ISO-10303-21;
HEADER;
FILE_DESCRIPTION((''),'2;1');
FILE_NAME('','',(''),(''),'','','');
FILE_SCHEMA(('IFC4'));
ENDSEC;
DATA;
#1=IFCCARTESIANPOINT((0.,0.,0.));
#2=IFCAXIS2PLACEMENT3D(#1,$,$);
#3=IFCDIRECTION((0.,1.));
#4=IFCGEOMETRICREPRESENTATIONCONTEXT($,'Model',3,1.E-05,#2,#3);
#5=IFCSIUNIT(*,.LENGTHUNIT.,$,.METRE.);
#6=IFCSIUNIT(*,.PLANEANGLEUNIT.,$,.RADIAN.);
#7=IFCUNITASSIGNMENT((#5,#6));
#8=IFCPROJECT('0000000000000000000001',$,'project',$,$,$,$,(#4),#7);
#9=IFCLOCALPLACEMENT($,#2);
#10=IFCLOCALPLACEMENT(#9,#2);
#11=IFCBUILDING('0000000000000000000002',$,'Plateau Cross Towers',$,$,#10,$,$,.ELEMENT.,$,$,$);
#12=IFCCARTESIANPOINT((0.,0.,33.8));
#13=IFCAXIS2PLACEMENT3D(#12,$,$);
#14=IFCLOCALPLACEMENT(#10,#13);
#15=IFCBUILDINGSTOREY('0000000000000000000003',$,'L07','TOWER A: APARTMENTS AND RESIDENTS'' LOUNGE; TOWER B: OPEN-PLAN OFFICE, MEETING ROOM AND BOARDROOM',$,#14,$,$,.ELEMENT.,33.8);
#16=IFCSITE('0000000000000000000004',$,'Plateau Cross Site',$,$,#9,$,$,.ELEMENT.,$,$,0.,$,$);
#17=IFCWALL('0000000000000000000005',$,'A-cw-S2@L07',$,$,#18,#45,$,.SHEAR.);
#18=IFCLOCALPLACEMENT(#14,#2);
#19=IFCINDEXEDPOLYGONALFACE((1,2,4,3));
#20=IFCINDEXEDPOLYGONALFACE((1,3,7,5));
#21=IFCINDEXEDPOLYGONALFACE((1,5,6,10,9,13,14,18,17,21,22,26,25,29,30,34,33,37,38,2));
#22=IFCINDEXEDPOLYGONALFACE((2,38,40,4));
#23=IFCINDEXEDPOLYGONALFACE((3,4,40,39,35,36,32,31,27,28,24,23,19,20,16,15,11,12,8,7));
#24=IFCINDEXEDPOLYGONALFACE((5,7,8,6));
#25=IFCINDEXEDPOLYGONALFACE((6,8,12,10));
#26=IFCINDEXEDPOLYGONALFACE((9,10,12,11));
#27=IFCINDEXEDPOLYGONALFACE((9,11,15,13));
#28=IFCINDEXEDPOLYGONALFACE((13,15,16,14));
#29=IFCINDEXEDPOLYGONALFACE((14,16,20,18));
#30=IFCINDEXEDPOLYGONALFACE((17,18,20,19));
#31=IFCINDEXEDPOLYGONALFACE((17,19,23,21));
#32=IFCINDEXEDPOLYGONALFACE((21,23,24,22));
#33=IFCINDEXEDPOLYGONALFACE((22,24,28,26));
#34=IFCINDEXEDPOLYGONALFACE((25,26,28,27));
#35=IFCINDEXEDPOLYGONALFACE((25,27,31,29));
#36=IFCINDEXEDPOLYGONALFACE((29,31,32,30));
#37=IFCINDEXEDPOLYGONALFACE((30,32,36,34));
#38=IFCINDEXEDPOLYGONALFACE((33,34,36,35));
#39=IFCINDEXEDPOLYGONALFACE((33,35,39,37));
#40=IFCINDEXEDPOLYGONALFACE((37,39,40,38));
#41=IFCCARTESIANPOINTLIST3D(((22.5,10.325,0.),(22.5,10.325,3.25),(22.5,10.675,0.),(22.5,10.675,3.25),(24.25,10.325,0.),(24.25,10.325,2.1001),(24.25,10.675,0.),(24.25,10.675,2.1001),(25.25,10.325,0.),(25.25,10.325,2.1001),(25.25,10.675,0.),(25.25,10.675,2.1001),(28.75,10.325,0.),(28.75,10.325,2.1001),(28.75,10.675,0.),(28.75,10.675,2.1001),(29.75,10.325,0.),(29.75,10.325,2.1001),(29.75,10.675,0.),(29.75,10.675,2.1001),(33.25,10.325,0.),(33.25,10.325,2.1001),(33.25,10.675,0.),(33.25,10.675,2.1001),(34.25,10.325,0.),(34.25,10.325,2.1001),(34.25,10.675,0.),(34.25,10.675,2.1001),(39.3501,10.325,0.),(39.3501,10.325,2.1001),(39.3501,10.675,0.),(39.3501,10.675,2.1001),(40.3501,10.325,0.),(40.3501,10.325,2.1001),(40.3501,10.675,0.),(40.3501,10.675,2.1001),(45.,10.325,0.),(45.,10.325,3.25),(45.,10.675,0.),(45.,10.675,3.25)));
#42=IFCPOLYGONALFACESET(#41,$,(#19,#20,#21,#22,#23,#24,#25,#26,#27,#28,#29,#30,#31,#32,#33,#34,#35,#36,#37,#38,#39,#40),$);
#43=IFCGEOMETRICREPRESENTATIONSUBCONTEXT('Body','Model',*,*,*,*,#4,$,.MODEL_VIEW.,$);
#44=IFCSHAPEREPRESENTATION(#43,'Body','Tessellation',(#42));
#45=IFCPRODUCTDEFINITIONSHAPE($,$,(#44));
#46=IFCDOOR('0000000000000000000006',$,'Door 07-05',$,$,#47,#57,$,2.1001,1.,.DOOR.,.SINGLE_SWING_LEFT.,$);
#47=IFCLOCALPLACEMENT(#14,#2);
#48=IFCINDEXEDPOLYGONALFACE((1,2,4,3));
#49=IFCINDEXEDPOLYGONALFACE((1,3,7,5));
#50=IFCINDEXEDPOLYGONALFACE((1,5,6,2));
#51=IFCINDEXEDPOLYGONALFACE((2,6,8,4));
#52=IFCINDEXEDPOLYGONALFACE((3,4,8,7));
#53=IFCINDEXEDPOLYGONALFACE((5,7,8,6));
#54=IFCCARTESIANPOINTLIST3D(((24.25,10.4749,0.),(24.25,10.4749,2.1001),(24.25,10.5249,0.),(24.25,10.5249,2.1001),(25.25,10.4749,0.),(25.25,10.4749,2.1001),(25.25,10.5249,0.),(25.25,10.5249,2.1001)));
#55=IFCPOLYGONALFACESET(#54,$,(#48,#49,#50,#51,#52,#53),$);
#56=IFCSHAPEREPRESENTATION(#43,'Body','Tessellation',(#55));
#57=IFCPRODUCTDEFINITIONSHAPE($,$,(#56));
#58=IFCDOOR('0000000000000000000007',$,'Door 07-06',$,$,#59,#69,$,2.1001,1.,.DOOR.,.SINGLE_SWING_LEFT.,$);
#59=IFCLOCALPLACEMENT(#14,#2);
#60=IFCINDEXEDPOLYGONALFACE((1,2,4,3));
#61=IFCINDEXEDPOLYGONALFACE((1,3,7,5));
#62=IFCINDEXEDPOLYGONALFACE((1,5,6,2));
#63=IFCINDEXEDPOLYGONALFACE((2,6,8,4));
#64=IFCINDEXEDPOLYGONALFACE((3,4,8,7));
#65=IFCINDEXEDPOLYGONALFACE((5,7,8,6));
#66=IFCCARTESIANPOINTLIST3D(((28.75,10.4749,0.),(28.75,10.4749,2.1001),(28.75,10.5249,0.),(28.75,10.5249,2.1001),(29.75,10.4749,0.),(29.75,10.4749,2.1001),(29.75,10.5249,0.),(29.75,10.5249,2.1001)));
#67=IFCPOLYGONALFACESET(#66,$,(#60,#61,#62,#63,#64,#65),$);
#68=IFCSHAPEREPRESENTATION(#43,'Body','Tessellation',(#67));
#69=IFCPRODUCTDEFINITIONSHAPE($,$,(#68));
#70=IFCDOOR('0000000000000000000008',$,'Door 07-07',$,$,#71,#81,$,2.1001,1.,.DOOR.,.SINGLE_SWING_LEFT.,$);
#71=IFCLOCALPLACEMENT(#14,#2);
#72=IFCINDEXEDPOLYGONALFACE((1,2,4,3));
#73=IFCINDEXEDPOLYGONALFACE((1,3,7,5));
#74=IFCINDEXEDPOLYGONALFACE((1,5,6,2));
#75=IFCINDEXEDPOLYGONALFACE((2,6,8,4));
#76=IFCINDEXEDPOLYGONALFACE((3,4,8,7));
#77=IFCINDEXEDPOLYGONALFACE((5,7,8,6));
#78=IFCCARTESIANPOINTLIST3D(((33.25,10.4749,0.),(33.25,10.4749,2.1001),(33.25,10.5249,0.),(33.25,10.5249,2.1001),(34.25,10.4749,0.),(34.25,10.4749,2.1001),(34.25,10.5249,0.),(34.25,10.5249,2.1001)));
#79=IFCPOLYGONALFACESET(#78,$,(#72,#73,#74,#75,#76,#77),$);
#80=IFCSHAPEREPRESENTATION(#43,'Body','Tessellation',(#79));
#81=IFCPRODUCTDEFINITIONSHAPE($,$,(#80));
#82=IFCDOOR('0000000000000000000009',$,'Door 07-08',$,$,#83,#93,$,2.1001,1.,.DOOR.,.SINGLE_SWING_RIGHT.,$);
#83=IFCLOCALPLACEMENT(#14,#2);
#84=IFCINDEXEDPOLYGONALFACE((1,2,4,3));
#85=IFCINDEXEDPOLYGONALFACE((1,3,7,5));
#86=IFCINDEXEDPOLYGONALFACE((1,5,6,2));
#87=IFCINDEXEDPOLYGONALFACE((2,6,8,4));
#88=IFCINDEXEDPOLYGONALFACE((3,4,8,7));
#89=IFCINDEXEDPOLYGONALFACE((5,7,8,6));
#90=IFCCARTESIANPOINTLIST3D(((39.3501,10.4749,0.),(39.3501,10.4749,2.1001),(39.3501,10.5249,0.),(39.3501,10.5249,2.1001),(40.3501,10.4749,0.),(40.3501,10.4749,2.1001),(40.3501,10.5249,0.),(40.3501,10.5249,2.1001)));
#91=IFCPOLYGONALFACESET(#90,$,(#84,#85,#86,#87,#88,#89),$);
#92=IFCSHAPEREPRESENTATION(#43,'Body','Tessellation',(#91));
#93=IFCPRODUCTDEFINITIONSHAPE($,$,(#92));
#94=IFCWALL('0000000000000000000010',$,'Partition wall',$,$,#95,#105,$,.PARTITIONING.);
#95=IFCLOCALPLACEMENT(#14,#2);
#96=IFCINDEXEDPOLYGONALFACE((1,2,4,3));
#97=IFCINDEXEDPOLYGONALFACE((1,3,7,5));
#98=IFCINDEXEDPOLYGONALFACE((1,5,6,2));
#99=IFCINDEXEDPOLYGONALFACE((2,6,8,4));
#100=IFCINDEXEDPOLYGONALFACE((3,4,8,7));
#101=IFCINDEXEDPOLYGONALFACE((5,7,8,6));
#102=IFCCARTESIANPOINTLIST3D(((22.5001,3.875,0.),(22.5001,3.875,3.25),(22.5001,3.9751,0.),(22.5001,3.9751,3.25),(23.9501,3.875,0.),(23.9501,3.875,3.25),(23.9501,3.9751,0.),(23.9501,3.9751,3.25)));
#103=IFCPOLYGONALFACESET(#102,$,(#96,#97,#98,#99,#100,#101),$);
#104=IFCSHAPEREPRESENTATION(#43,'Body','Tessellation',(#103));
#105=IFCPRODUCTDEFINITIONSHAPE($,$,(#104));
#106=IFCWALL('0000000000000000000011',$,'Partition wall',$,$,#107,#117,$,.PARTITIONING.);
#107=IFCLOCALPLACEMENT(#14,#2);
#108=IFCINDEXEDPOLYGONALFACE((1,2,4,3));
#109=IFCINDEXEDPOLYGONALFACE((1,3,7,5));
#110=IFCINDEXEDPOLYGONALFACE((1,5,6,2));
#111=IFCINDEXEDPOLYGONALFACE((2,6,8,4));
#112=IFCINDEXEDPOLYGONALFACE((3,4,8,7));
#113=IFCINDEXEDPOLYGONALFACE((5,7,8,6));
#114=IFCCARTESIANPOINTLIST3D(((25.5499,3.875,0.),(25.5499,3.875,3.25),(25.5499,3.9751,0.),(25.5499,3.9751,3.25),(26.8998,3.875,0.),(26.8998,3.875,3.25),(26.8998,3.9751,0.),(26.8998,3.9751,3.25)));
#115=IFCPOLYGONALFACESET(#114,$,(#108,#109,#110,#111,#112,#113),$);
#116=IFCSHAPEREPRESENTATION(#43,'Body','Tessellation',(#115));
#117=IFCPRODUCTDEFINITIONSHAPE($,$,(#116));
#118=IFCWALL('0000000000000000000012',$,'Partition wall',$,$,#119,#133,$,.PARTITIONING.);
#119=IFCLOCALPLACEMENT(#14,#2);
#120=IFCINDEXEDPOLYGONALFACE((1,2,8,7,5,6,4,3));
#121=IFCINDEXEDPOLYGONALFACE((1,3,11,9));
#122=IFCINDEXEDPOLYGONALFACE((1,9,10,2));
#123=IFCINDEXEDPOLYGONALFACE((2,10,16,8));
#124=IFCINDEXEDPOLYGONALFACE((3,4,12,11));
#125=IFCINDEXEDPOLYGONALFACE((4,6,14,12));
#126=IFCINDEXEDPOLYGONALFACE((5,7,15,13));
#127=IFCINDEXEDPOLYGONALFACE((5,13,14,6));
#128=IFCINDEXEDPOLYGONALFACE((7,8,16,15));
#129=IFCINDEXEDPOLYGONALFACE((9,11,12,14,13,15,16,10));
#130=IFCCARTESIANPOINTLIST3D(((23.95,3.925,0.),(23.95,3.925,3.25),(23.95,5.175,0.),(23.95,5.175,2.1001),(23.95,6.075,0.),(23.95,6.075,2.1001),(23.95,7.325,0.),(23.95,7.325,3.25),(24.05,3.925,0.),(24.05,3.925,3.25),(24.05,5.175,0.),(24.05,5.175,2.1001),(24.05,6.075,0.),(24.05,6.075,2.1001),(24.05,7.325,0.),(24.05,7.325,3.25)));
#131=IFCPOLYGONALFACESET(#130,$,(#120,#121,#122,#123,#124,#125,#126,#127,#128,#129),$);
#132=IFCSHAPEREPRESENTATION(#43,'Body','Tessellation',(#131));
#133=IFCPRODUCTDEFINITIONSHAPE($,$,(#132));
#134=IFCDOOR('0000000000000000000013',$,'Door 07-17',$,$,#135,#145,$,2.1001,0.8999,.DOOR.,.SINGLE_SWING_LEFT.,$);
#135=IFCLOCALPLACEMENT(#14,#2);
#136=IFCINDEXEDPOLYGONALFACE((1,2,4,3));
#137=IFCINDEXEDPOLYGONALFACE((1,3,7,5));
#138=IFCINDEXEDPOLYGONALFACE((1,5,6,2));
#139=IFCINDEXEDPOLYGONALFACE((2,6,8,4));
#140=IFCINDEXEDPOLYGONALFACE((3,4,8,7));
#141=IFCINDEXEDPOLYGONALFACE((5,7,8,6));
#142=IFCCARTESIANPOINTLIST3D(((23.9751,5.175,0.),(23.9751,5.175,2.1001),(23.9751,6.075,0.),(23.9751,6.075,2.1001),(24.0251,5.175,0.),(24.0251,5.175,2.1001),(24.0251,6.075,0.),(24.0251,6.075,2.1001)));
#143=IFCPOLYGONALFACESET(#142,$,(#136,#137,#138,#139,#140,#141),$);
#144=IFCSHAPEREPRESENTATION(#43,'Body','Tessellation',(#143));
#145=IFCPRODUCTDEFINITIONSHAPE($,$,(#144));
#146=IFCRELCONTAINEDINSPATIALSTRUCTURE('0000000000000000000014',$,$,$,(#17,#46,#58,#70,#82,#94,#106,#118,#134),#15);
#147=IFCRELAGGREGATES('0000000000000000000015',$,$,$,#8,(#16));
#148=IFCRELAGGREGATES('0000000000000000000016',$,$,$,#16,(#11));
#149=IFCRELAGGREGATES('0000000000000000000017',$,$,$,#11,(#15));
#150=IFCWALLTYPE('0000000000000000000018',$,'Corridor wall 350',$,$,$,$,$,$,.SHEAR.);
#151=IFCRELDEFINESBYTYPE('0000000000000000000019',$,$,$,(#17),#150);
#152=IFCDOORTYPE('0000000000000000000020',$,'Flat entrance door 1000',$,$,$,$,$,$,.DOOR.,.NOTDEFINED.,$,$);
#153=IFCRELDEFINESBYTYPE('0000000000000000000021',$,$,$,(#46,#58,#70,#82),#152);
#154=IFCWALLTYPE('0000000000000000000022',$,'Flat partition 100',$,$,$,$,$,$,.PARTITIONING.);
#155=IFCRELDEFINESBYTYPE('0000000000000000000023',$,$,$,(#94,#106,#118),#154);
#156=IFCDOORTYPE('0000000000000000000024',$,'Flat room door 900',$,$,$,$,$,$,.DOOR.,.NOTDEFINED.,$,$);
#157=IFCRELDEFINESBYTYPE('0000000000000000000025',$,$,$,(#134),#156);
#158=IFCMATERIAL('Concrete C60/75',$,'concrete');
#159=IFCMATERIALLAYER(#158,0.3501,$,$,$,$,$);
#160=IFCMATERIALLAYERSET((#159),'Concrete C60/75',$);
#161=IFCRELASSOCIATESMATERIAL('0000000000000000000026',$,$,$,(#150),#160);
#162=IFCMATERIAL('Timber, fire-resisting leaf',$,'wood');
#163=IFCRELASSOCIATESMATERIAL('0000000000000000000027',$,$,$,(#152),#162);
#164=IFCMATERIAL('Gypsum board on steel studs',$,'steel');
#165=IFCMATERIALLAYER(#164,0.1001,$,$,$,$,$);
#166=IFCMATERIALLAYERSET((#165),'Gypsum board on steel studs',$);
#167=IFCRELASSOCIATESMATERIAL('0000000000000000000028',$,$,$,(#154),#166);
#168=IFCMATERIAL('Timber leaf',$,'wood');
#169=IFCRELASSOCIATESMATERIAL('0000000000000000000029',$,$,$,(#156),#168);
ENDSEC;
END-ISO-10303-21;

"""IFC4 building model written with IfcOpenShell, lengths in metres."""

from ifc_helpers import new_model, si_unit, direction, frame, frame_2d, origin, place, context, subcontext, project, spatial, rectangle, extrude, material, layer, layer_set, type_object, element, fill, save


model = new_model("IFC4")

# Units and contexts
model_context = context("Model", 3, precision=1e-05, world=origin(), true_north=direction((0.0, 1.0)))
body_context = subcontext(model_context, "Body", "Model", "MODEL_VIEW")
ifc_project = project(units=[si_unit("LENGTHUNIT", "METRE"), si_unit("PLANEANGLEUNIT", "RADIAN")], contexts=[model_context])

# Site, building, storey
site_placement = place(None, origin())
site = spatial("IfcSite", under=ifc_project, at=site_placement, Name="Plateau Cross Site", CompositionType="ELEMENT", RefElevation=0.0)
building_placement = place(site_placement, origin())
building = spatial("IfcBuilding", under=site, at=building_placement, Name="Plateau Cross Towers", CompositionType="ELEMENT")
storey_placement = place(building_placement, frame((0.0, 0.0, 33.8)))
storey = spatial("IfcBuildingStorey", under=building, at=storey_placement, Name="L07", Description="TOWER A: APARTMENTS AND RESIDENTS' LOUNGE; TOWER B: OPEN-PLAN OFFICE, MEETING ROOM AND BOARDROOM", CompositionType="ELEMENT", Elevation=33.8)

# Wall, openings, doors
ifc_material_1 = material(Name="Timber, fire-resisting leaf", Category="wood")
ifc_material_2 = material(Name="Concrete C60/75", Category="concrete")
ifc_layer_1 = layer(ifc_material_2, 0.3501)
ifc_layer_set_1 = layer_set([ifc_layer_1], Name="Concrete C60/75")
wall_type_1 = type_object("IfcWallType", Name="Corridor wall 350", PredefinedType="SHEAR", material=ifc_layer_set_1)
door_type_1 = type_object("IfcDoorType", Name="Flat entrance door 1000", OperationType="NOTDEFINED", PredefinedType="DOOR", material=ifc_material_1)
wall_1_placement = place(storey_placement, frame((22.5, 10.5, 0.0), z_axis=(0.0, 0.0, 1.0), x_axis=(1.0, 0.0, 0.0)))
wall_1 = element("IfcWall", 1, at=wall_1_placement, inside=storey, type_object=wall_type_1, Name="A-cw-S2@L07", PredefinedType="SHEAR", context=body_context, shape_type="SweptSolid", body=[
    extrude(rectangle(XDim=22.5, YDim=0.3501, at=frame_2d((11.25, 0.0))), origin(), (0.0, 0.0, 1.0), 3.25),
])
opening_1_placement = place(wall_1_placement, frame((1.75, 0.0, 0.0)))
opening_1 = element("IfcOpeningElement", 2, at=opening_1_placement, cuts=wall_1, PredefinedType="OPENING", context=body_context, shape_type="SweptSolid", body=[
    extrude(rectangle(XDim=1.0, YDim=2.1001, at=frame_2d((0.5, 1.05))), frame((0.0, 0.1851, 0.0), z_axis=(0.0, -1.0, 0.0), x_axis=(1.0, 0.0, 0.0)), (0.0, 0.0, 1.0), 0.3701),
])
opening_2_placement = place(wall_1_placement, frame((6.25, 0.0, 0.0)))
opening_2 = element("IfcOpeningElement", 3, at=opening_2_placement, cuts=wall_1, PredefinedType="OPENING", context=body_context, shape_type="SweptSolid", body=[
    extrude(rectangle(XDim=1.0, YDim=2.1001, at=frame_2d((0.5, 1.05))), frame((0.0, 0.1851, 0.0), z_axis=(0.0, -1.0, 0.0), x_axis=(1.0, 0.0, 0.0)), (0.0, 0.0, 1.0), 0.3701),
])
opening_3_placement = place(wall_1_placement, frame((10.75, 0.0, 0.0)))
opening_3 = element("IfcOpeningElement", 4, at=opening_3_placement, cuts=wall_1, PredefinedType="OPENING", context=body_context, shape_type="SweptSolid", body=[
    extrude(rectangle(XDim=1.0, YDim=2.1001, at=frame_2d((0.5, 1.05))), frame((0.0, 0.1851, 0.0), z_axis=(0.0, -1.0, 0.0), x_axis=(1.0, 0.0, 0.0)), (0.0, 0.0, 1.0), 0.3701),
])
opening_4_placement = place(wall_1_placement, frame((16.8501, 0.0, 0.0)))
opening_4 = element("IfcOpeningElement", 5, at=opening_4_placement, cuts=wall_1, PredefinedType="OPENING", context=body_context, shape_type="SweptSolid", body=[
    extrude(rectangle(XDim=1.0, YDim=2.1001, at=frame_2d((0.5, 1.05))), frame((0.0, 0.1851, 0.0), z_axis=(0.0, -1.0, 0.0), x_axis=(1.0, 0.0, 0.0)), (0.0, 0.0, 1.0), 0.3701),
])
door_1_placement = place(opening_1_placement, origin())
door_1 = element("IfcDoor", 6, at=door_1_placement, inside=storey, type_object=door_type_1, Name="Door 07-05", OperationType="SINGLE_SWING_LEFT", OverallHeight=2.1001, OverallWidth=1.0, PredefinedType="DOOR", context=body_context, shape_type="SweptSolid", body=[
    extrude(rectangle(XDim=1.0, YDim=2.1001, at=frame_2d((0.5, 1.05))), frame((0.0, 0.0249, 0.0), z_axis=(0.0, -1.0, 0.0), x_axis=(1.0, 0.0, 0.0)), (0.0, 0.0, 1.0), 0.05),
])
fill(opening_1, door_1)
door_2_placement = place(opening_2_placement, origin())
door_2 = element("IfcDoor", 7, at=door_2_placement, inside=storey, type_object=door_type_1, Name="Door 07-06", OperationType="SINGLE_SWING_LEFT", OverallHeight=2.1001, OverallWidth=1.0, PredefinedType="DOOR", context=body_context, shape_type="SweptSolid", body=[
    extrude(rectangle(XDim=1.0, YDim=2.1001, at=frame_2d((0.5, 1.05))), frame((0.0, 0.0249, 0.0), z_axis=(0.0, -1.0, 0.0), x_axis=(1.0, 0.0, 0.0)), (0.0, 0.0, 1.0), 0.05),
])
fill(opening_2, door_2)
door_3_placement = place(opening_3_placement, origin())
door_3 = element("IfcDoor", 8, at=door_3_placement, inside=storey, type_object=door_type_1, Name="Door 07-07", OperationType="SINGLE_SWING_LEFT", OverallHeight=2.1001, OverallWidth=1.0, PredefinedType="DOOR", context=body_context, shape_type="SweptSolid", body=[
    extrude(rectangle(XDim=1.0, YDim=2.1001, at=frame_2d((0.5, 1.05))), frame((0.0, 0.0249, 0.0), z_axis=(0.0, -1.0, 0.0), x_axis=(1.0, 0.0, 0.0)), (0.0, 0.0, 1.0), 0.05),
])
fill(opening_3, door_3)
door_4_placement = place(opening_4_placement, origin())
door_4 = element("IfcDoor", 9, at=door_4_placement, inside=storey, type_object=door_type_1, Name="Door 07-08", OperationType="SINGLE_SWING_RIGHT", OverallHeight=2.1001, OverallWidth=1.0, PredefinedType="DOOR", context=body_context, shape_type="SweptSolid", body=[
    extrude(rectangle(XDim=1.0, YDim=2.1001, at=frame_2d((0.5, 1.05))), frame((0.0, 0.0249, 0.0), z_axis=(0.0, -1.0, 0.0), x_axis=(1.0, 0.0, 0.0)), (0.0, 0.0, 1.0), 0.05),
])
fill(opening_4, door_4)

# Walls
ifc_material_3 = material(Name="Gypsum board on steel studs", Category="steel")
ifc_layer_2 = layer(ifc_material_3, 0.1001)
ifc_layer_set_2 = layer_set([ifc_layer_2], Name="Gypsum board on steel studs")
wall_type_2 = type_object("IfcWallType", Name="Flat partition 100", PredefinedType="PARTITIONING", material=ifc_layer_set_2)
wall_2_placement = place(storey_placement, frame((22.5, 3.925, 0.0), z_axis=(0.0, 0.0, 1.0), x_axis=(1.0, 0.0, 0.0)))
element("IfcWall", 10, at=wall_2_placement, inside=storey, type_object=wall_type_2, Name="Partition wall", PredefinedType="PARTITIONING", context=body_context, shape_type="SweptSolid", body=[
    extrude(rectangle(XDim=1.45, YDim=0.1001, at=frame_2d((0.7251, 0.0))), origin(), (0.0, 0.0, 1.0), 3.25),
])
wall_3_placement = place(storey_placement, frame((25.55, 3.925, 0.0), z_axis=(0.0, 0.0, 1.0), x_axis=(1.0, 0.0, 0.0)))
element("IfcWall", 11, at=wall_3_placement, inside=storey, type_object=wall_type_2, Name="Partition wall", PredefinedType="PARTITIONING", context=body_context, shape_type="SweptSolid", body=[
    extrude(rectangle(XDim=1.3499, YDim=0.1001, at=frame_2d((0.6748, 0.0))), origin(), (0.0, 0.0, 1.0), 3.25),
])

# Wall, opening, door
wall_4_placement = place(storey_placement, frame((24.0, 3.925, 0.0), z_axis=(0.0, 0.0, 1.0), x_axis=(0.0, 1.0, 0.0)))
wall_4 = element("IfcWall", 12, at=wall_4_placement, inside=storey, type_object=wall_type_2, Name="Partition wall", PredefinedType="PARTITIONING", context=body_context, shape_type="SweptSolid", body=[
    extrude(rectangle(XDim=3.3999, YDim=0.1001, at=frame_2d((1.7, 0.0))), origin(), (0.0, 0.0, 1.0), 3.25),
])
opening_5_placement = place(wall_4_placement, frame((1.25, 0.0, 0.0)))
opening_5 = element("IfcOpeningElement", 13, at=opening_5_placement, cuts=wall_4, PredefinedType="OPENING", context=body_context, shape_type="SweptSolid", body=[
    extrude(rectangle(XDim=0.8999, YDim=2.1001, at=frame_2d((0.45, 1.05))), frame((0.0, 0.0601, 0.0), z_axis=(0.0, -1.0, 0.0), x_axis=(1.0, 0.0, 0.0)), (0.0, 0.0, 1.0), 0.1201),
])
ifc_material_4 = material(Name="Timber leaf", Category="wood")
door_type_2 = type_object("IfcDoorType", Name="Flat room door 900", OperationType="NOTDEFINED", PredefinedType="DOOR", material=ifc_material_4)
door_5_placement = place(opening_5_placement, origin())
door_5 = element("IfcDoor", 14, at=door_5_placement, inside=storey, type_object=door_type_2, Name="Door 07-17", OperationType="SINGLE_SWING_LEFT", OverallHeight=2.1001, OverallWidth=0.8999, PredefinedType="DOOR", context=body_context, shape_type="SweptSolid", body=[
    extrude(rectangle(XDim=0.8999, YDim=2.1001, at=frame_2d((0.45, 1.05))), frame((0.0, 0.0249, 0.0), z_axis=(0.0, -1.0, 0.0), x_axis=(1.0, 0.0, 0.0)), (0.0, 0.0, 1.0), 0.05),
])
fill(opening_5, door_5)

save(model, "model.ifc")
